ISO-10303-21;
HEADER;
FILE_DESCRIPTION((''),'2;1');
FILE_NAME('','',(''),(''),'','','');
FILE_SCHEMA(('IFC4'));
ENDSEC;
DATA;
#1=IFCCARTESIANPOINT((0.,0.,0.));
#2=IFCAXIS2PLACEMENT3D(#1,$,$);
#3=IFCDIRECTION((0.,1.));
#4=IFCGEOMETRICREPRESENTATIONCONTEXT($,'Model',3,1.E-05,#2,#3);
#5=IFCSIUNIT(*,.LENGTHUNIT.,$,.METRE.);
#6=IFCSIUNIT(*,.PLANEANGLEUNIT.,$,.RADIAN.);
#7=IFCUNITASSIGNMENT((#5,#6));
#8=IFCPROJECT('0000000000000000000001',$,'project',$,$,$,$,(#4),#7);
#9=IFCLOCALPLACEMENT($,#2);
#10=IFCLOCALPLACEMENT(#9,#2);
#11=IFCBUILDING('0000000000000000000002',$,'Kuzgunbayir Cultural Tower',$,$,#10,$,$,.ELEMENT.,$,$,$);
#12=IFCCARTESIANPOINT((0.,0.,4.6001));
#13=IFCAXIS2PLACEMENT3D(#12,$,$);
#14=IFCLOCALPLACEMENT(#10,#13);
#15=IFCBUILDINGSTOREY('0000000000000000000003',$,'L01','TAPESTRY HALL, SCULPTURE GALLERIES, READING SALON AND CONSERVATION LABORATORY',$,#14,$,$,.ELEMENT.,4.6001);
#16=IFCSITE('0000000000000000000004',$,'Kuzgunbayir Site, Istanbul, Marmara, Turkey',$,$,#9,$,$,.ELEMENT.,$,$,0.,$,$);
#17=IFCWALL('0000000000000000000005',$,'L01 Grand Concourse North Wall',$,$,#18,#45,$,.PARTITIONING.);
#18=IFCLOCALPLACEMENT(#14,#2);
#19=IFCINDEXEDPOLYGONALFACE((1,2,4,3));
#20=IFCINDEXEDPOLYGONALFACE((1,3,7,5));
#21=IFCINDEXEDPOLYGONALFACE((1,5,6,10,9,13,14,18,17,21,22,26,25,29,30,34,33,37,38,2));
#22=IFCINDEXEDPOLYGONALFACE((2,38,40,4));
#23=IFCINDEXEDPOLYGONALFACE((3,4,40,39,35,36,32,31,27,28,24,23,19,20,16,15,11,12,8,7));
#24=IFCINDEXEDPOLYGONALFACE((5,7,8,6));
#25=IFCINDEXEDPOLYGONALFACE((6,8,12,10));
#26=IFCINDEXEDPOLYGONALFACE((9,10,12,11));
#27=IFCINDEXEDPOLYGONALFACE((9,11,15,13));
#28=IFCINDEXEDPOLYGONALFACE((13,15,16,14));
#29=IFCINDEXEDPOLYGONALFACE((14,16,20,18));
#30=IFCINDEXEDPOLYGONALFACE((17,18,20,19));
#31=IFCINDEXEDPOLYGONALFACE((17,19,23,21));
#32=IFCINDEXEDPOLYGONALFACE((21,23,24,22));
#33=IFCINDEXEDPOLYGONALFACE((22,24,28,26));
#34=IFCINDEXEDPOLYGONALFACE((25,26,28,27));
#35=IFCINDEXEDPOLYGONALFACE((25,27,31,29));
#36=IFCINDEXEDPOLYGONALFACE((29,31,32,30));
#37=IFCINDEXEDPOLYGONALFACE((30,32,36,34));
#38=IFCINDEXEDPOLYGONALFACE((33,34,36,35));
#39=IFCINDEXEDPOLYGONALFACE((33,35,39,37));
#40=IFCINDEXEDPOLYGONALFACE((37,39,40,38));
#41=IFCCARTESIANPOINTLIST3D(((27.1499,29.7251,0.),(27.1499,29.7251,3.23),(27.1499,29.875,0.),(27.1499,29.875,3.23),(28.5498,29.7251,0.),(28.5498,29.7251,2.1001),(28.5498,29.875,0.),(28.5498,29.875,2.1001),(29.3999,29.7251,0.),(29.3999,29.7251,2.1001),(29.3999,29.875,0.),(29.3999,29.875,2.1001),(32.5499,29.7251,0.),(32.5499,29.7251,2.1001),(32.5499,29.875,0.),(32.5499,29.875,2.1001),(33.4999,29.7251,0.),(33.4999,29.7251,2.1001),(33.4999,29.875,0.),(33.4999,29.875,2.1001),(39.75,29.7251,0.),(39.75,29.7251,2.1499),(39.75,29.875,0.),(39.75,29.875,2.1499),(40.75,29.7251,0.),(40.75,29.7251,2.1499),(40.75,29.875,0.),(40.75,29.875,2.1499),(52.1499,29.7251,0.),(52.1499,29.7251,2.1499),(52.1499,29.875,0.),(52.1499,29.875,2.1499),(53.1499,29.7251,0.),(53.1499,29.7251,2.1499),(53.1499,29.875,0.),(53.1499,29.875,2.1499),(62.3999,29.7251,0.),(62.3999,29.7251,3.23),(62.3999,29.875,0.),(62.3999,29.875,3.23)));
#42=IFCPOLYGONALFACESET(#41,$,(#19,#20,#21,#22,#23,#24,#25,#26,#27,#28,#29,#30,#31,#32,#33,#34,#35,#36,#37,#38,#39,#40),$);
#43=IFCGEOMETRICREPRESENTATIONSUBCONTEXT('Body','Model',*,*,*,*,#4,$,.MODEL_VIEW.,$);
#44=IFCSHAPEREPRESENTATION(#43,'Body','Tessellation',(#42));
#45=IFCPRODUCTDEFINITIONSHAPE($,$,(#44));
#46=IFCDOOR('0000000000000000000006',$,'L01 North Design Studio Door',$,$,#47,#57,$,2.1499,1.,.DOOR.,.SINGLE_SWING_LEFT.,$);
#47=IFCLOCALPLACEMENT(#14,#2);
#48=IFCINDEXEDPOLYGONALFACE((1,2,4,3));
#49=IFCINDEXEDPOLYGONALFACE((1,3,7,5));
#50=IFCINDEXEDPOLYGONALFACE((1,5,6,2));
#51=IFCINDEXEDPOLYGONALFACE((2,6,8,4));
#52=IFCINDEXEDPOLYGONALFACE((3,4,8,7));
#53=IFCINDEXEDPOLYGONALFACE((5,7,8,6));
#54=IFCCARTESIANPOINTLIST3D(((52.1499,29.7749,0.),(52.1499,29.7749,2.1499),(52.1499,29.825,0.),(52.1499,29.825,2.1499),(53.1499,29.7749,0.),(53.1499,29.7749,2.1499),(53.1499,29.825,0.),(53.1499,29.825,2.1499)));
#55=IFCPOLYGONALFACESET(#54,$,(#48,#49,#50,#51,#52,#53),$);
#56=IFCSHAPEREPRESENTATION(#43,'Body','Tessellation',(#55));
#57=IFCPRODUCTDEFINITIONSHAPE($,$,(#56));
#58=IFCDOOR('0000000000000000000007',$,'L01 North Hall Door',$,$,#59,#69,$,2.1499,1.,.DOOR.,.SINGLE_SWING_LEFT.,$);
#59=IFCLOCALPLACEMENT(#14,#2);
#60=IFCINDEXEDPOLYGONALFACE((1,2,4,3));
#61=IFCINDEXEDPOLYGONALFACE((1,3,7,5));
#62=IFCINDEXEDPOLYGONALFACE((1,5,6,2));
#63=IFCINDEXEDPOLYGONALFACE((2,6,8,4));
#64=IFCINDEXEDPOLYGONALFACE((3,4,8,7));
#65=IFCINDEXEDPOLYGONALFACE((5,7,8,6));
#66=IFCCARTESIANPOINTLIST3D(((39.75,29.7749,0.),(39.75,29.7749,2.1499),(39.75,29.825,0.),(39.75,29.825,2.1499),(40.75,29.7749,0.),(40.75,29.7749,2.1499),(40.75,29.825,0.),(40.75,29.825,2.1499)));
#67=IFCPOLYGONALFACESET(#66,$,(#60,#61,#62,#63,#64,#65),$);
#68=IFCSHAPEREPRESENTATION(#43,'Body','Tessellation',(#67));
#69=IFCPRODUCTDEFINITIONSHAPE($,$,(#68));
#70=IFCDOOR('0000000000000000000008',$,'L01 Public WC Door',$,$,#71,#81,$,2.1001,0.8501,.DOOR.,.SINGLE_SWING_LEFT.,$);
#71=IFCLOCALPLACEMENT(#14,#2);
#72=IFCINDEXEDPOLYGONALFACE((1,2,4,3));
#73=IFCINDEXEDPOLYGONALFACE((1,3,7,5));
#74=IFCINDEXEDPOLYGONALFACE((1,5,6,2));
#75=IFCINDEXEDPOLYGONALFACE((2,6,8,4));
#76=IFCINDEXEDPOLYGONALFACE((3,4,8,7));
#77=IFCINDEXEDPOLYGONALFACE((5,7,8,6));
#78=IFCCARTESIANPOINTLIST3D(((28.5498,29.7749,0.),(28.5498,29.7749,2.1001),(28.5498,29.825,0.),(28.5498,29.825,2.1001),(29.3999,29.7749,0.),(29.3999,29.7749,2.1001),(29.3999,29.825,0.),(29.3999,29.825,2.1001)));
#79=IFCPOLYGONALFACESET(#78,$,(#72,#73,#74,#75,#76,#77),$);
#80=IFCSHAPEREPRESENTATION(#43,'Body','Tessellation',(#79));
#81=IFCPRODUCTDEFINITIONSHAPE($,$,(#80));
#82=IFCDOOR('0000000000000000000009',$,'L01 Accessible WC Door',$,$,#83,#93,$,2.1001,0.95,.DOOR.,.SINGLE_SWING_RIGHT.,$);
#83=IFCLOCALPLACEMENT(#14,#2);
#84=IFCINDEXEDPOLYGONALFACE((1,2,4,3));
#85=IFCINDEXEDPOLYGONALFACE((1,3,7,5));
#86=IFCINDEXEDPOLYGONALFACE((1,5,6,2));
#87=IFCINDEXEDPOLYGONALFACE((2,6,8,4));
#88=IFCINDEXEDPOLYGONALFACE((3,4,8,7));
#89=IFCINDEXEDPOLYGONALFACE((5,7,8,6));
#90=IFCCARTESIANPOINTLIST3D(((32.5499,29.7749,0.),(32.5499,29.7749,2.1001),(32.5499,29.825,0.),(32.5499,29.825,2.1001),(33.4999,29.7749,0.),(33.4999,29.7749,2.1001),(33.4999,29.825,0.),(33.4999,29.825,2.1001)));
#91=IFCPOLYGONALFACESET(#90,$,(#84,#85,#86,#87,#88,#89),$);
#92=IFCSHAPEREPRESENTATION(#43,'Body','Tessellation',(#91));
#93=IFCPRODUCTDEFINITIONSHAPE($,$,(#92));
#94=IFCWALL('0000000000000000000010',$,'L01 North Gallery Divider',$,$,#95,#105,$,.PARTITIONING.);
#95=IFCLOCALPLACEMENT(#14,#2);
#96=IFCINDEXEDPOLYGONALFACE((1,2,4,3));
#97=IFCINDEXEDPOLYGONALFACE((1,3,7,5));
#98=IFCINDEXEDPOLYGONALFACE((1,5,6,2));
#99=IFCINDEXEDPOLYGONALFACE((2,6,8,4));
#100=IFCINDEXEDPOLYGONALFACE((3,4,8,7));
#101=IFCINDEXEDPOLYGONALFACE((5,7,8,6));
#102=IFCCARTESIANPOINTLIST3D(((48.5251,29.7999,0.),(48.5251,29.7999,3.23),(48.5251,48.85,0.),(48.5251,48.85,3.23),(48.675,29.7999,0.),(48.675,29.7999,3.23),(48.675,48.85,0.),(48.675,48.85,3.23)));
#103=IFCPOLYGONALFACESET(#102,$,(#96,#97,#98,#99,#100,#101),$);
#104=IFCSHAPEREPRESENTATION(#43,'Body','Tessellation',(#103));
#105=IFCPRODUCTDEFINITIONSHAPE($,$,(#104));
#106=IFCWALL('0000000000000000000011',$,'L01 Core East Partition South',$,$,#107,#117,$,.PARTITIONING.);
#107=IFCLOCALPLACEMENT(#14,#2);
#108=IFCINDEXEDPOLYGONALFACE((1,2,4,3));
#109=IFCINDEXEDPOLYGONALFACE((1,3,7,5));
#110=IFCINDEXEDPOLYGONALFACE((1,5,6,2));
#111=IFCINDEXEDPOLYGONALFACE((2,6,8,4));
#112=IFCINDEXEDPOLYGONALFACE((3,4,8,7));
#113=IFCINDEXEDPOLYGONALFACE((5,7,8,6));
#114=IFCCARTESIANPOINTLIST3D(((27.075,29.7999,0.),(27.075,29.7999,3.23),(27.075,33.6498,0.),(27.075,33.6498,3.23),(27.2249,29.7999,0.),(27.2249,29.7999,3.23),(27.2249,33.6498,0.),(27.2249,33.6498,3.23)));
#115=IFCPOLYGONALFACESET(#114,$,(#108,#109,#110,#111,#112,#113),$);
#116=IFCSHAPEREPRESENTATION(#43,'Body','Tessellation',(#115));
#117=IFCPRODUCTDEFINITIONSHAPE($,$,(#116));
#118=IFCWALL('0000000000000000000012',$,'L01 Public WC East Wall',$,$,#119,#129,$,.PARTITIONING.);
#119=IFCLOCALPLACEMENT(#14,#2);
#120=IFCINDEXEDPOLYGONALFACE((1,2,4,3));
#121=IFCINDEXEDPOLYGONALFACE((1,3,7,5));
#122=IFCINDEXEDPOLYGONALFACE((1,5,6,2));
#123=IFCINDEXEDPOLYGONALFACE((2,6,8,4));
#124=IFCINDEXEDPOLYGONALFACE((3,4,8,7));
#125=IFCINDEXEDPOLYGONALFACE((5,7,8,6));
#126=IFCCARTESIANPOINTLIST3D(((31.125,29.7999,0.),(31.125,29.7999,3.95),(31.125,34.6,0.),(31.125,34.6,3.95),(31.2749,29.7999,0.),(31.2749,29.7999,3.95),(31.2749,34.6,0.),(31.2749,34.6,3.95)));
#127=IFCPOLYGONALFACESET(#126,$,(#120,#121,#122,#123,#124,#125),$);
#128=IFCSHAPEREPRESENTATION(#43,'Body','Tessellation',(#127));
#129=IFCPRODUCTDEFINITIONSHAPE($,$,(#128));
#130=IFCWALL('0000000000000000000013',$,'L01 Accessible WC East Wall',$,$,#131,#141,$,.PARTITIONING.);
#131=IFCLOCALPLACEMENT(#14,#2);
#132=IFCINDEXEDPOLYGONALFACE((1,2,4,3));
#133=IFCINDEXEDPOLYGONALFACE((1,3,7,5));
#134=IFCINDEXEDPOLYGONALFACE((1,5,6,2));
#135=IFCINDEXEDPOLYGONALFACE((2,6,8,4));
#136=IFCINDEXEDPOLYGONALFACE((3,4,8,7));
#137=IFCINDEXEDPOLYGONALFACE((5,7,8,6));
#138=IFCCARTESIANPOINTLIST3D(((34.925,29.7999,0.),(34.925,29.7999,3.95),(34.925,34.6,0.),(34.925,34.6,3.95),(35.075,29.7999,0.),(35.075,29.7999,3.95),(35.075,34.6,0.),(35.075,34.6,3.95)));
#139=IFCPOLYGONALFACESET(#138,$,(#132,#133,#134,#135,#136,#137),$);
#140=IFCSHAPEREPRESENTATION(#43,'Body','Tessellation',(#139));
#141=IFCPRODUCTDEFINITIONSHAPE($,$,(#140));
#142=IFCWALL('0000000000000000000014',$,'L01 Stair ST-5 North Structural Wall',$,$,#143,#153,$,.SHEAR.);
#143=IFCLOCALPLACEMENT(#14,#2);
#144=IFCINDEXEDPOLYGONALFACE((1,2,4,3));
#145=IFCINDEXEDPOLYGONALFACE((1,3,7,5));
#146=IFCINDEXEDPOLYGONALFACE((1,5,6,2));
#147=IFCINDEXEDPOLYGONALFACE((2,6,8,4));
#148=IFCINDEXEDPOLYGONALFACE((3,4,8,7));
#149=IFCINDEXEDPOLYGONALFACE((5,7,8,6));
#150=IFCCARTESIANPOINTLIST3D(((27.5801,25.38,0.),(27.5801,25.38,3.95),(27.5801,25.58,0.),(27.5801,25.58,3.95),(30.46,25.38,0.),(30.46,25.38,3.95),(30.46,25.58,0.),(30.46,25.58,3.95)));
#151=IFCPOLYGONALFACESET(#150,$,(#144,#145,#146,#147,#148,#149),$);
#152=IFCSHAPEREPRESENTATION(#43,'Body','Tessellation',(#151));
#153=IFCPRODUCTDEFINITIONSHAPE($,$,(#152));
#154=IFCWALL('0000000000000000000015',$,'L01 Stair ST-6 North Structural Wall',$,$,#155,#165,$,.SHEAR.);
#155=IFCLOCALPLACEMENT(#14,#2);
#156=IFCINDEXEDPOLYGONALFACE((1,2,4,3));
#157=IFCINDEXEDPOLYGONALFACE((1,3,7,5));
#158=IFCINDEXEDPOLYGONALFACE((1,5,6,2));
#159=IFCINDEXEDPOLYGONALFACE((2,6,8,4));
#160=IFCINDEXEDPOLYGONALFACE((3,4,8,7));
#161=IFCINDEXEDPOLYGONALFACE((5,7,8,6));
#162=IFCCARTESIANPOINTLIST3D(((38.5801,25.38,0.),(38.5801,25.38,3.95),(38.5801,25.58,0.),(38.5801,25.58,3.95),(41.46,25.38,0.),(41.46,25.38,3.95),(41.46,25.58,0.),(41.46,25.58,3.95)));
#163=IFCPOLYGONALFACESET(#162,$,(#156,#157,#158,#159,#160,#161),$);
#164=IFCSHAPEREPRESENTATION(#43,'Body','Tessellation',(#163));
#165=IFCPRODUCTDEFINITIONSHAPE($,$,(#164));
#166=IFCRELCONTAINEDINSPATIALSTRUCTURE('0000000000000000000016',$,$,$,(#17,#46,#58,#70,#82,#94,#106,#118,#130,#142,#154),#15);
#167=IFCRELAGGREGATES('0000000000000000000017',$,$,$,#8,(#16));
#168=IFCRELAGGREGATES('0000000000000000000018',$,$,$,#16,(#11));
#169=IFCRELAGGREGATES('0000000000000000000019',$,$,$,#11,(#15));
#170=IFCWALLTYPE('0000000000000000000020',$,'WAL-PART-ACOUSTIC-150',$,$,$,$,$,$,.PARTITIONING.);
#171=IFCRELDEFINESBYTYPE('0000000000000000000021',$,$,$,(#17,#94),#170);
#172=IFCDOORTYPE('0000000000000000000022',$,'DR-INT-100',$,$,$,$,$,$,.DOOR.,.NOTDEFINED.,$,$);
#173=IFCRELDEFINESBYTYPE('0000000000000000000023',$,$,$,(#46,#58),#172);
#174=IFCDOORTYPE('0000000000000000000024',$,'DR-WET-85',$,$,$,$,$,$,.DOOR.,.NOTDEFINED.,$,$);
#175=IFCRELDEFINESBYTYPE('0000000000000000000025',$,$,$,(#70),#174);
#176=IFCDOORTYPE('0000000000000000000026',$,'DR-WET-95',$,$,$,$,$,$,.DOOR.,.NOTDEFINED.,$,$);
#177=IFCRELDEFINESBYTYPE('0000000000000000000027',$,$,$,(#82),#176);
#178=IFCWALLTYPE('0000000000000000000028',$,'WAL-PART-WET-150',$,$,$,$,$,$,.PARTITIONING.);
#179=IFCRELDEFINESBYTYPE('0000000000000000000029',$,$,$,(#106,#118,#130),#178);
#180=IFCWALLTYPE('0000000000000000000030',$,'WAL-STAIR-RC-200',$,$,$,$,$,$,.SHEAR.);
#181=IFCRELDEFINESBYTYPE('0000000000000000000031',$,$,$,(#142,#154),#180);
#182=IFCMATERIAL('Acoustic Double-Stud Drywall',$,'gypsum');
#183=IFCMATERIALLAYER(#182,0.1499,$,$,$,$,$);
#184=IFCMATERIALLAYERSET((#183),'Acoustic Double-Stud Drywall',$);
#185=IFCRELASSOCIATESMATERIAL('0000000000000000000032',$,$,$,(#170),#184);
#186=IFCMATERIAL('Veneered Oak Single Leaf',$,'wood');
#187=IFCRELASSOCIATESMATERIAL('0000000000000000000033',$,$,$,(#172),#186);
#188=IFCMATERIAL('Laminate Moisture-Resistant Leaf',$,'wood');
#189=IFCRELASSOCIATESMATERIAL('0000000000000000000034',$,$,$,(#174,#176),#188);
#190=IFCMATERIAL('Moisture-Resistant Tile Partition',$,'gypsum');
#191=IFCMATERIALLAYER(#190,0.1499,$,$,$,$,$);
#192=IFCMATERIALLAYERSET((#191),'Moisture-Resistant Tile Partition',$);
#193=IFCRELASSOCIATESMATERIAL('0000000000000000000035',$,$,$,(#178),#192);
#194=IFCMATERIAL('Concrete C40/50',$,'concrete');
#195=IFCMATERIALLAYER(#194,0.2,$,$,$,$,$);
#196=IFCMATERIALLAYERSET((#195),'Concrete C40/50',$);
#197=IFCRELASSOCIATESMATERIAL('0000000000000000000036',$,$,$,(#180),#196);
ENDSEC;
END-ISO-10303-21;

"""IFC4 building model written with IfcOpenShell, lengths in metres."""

from ifc_helpers import new_model, si_unit, direction, frame, frame_2d, origin, place, context, subcontext, project, spatial, rectangle, extrude, material, layer, layer_set, type_object, element, fill, save


model = new_model("IFC4")

# Units and contexts
model_context = context("Model", 3, precision=1e-05, world=origin(), true_north=direction((0.0, 1.0)))
body_context = subcontext(model_context, "Body", "Model", "MODEL_VIEW")
ifc_project = project(units=[si_unit("LENGTHUNIT", "METRE"), si_unit("PLANEANGLEUNIT", "RADIAN")], contexts=[model_context])

# Site, building, storey
site_placement = place(None, origin())
site = spatial("IfcSite", under=ifc_project, at=site_placement, Name="Kuzgunbayir Site, Istanbul, Marmara, Turkey", CompositionType="ELEMENT", RefElevation=0.0)
building_placement = place(site_placement, origin())
building = spatial("IfcBuilding", under=site, at=building_placement, Name="Kuzgunbayir Cultural Tower", CompositionType="ELEMENT")
storey_placement = place(building_placement, frame((0.0, 0.0, 4.6001)))
storey = spatial("IfcBuildingStorey", under=building, at=storey_placement, Name="L01", Description="TAPESTRY HALL, SCULPTURE GALLERIES, READING SALON AND CONSERVATION LABORATORY", CompositionType="ELEMENT", Elevation=4.6001)

# Shared definitions
ifc_material_1 = material(Name="Acoustic Double-Stud Drywall", Category="gypsum")
ifc_layer_1 = layer(ifc_material_1, 0.1499)
ifc_layer_set_1 = layer_set([ifc_layer_1], Name="Acoustic Double-Stud Drywall")
wall_type_1 = type_object("IfcWallType", Name="WAL-PART-ACOUSTIC-150", PredefinedType="PARTITIONING", material=ifc_layer_set_1)

# Wall, openings, doors
wall_1_placement = place(storey_placement, frame((27.1499, 29.8, 0.0), z_axis=(0.0, 0.0, 1.0), x_axis=(1.0, 0.0, 0.0)))
wall_1 = element("IfcWall", 1, at=wall_1_placement, inside=storey, type_object=wall_type_1, Name="L01 Grand Concourse North Wall", PredefinedType="PARTITIONING", context=body_context, shape_type="SweptSolid", body=[
    extrude(rectangle(XDim=35.25, YDim=0.1499, at=frame_2d((17.625, 0.0))), origin(), (0.0, 0.0, 1.0), 3.23),
])
opening_1_placement = place(wall_1_placement, frame((25.0, 0.0, 0.0)))
opening_1 = element("IfcOpeningElement", 2, at=opening_1_placement, cuts=wall_1, PredefinedType="OPENING", context=body_context, shape_type="SweptSolid", body=[
    extrude(rectangle(XDim=1.0, YDim=2.1499, at=frame_2d((0.5, 1.075))), frame((0.0, 0.085, 0.0), z_axis=(0.0, -1.0, 0.0), x_axis=(1.0, 0.0, 0.0)), (0.0, 0.0, 1.0), 0.1699),
])
opening_2_placement = place(wall_1_placement, frame((1.3999, 0.0, 0.0)))
opening_2 = element("IfcOpeningElement", 3, at=opening_2_placement, cuts=wall_1, PredefinedType="OPENING", context=body_context, shape_type="SweptSolid", body=[
    extrude(rectangle(XDim=0.8501, YDim=2.1001, at=frame_2d((0.425, 1.05))), frame((0.0, 0.085, 0.0), z_axis=(0.0, -1.0, 0.0), x_axis=(1.0, 0.0, 0.0)), (0.0, 0.0, 1.0), 0.1699),
])
opening_3_placement = place(wall_1_placement, frame((5.3999, 0.0, 0.0)))
opening_3 = element("IfcOpeningElement", 4, at=opening_3_placement, cuts=wall_1, PredefinedType="OPENING", context=body_context, shape_type="SweptSolid", body=[
    extrude(rectangle(XDim=0.95, YDim=2.1001, at=frame_2d((0.4751, 1.05))), frame((0.0, 0.085, 0.0), z_axis=(0.0, -1.0, 0.0), x_axis=(1.0, 0.0, 0.0)), (0.0, 0.0, 1.0), 0.1699),
])
opening_4_placement = place(wall_1_placement, frame((12.6001, 0.0, 0.0)))
opening_4 = element("IfcOpeningElement", 5, at=opening_4_placement, cuts=wall_1, PredefinedType="OPENING", context=body_context, shape_type="SweptSolid", body=[
    extrude(rectangle(XDim=1.0, YDim=2.1499, at=frame_2d((0.5, 1.075))), frame((0.0, 0.085, 0.0), z_axis=(0.0, -1.0, 0.0), x_axis=(1.0, 0.0, 0.0)), (0.0, 0.0, 1.0), 0.1699),
])
ifc_material_2 = material(Name="Veneered Oak Single Leaf", Category="wood")
door_type_1 = type_object("IfcDoorType", Name="DR-INT-100", OperationType="NOTDEFINED", PredefinedType="DOOR", material=ifc_material_2)
door_1_placement = place(opening_1_placement, origin())
door_1 = element("IfcDoor", 6, at=door_1_placement, inside=storey, type_object=door_type_1, Name="L01 North Design Studio Door", OperationType="SINGLE_SWING_LEFT", OverallHeight=2.1499, OverallWidth=1.0, PredefinedType="DOOR", context=body_context, shape_type="SweptSolid", body=[
    extrude(rectangle(XDim=1.0, YDim=2.1499, at=frame_2d((0.5, 1.075))), frame((0.0, 0.0249, 0.0), z_axis=(0.0, -1.0, 0.0), x_axis=(1.0, 0.0, 0.0)), (0.0, 0.0, 1.0), 0.05),
])
fill(opening_1, door_1)
door_2_placement = place(opening_4_placement, origin())
door_2 = element("IfcDoor", 7, at=door_2_placement, inside=storey, type_object=door_type_1, Name="L01 North Hall Door", OperationType="SINGLE_SWING_LEFT", OverallHeight=2.1499, OverallWidth=1.0, PredefinedType="DOOR", context=body_context, shape_type="SweptSolid", body=[
    extrude(rectangle(XDim=1.0, YDim=2.1499, at=frame_2d((0.5, 1.075))), frame((0.0, 0.0249, 0.0), z_axis=(0.0, -1.0, 0.0), x_axis=(1.0, 0.0, 0.0)), (0.0, 0.0, 1.0), 0.05),
])
fill(opening_4, door_2)
ifc_material_3 = material(Name="Laminate Moisture-Resistant Leaf", Category="wood")
door_type_2 = type_object("IfcDoorType", Name="DR-WET-85", OperationType="NOTDEFINED", PredefinedType="DOOR", material=ifc_material_3)
door_3_placement = place(opening_2_placement, origin())
door_3 = element("IfcDoor", 8, at=door_3_placement, inside=storey, type_object=door_type_2, Name="L01 Public WC Door", OperationType="SINGLE_SWING_LEFT", OverallHeight=2.1001, OverallWidth=0.8501, PredefinedType="DOOR", context=body_context, shape_type="SweptSolid", body=[
    extrude(rectangle(XDim=0.8501, YDim=2.1001, at=frame_2d((0.425, 1.05))), frame((0.0, 0.0249, 0.0), z_axis=(0.0, -1.0, 0.0), x_axis=(1.0, 0.0, 0.0)), (0.0, 0.0, 1.0), 0.05),
])
fill(opening_2, door_3)
door_type_3 = type_object("IfcDoorType", Name="DR-WET-95", OperationType="NOTDEFINED", PredefinedType="DOOR", material=ifc_material_3)
door_4_placement = place(opening_3_placement, origin())
door_4 = element("IfcDoor", 9, at=door_4_placement, inside=storey, type_object=door_type_3, Name="L01 Accessible WC Door", OperationType="SINGLE_SWING_RIGHT", OverallHeight=2.1001, OverallWidth=0.95, PredefinedType="DOOR", context=body_context, shape_type="SweptSolid", body=[
    extrude(rectangle(XDim=0.95, YDim=2.1001, at=frame_2d((0.4751, 1.05))), frame((0.0, 0.0249, 0.0), z_axis=(0.0, -1.0, 0.0), x_axis=(1.0, 0.0, 0.0)), (0.0, 0.0, 1.0), 0.05),
])
fill(opening_3, door_4)

# Walls
wall_2_placement = place(storey_placement, frame((48.6001, 29.8, 0.0), z_axis=(0.0, 0.0, 1.0), x_axis=(0.0, 1.0, 0.0)))
element("IfcWall", 10, at=wall_2_placement, inside=storey, type_object=wall_type_1, Name="L01 North Gallery Divider", PredefinedType="PARTITIONING", context=body_context, shape_type="SweptSolid", body=[
    extrude(rectangle(XDim=19.05, YDim=0.1499, at=frame_2d((9.5249, 0.0))), origin(), (0.0, 0.0, 1.0), 3.23),
])
ifc_material_4 = material(Name="Moisture-Resistant Tile Partition", Category="gypsum")
ifc_layer_2 = layer(ifc_material_4, 0.1499)
ifc_layer_set_2 = layer_set([ifc_layer_2], Name="Moisture-Resistant Tile Partition")
wall_type_2 = type_object("IfcWallType", Name="WAL-PART-WET-150", PredefinedType="PARTITIONING", material=ifc_layer_set_2)
wall_3_placement = place(storey_placement, frame((27.1499, 29.8, 0.0), z_axis=(0.0, 0.0, 1.0), x_axis=(0.0, 1.0, 0.0)))
element("IfcWall", 11, at=wall_3_placement, inside=storey, type_object=wall_type_2, Name="L01 Core East Partition South", PredefinedType="PARTITIONING", context=body_context, shape_type="SweptSolid", body=[
    extrude(rectangle(XDim=3.8499, YDim=0.1499, at=frame_2d((1.9248, 0.0))), origin(), (0.0, 0.0, 1.0), 3.23),
])
for number, where, z_axis, x_axis, name in (
    (12, (31.2, 29.8, 0.0), (0.0, 0.0, 1.0), (0.0, 1.0, 0.0), "L01 Public WC East Wall"),
    (13, (35.0, 29.8, 0.0), (0.0, 0.0, 1.0), (0.0, 1.0, 0.0), "L01 Accessible WC East Wall"),
):
    element("IfcWall", number, at=place(storey_placement, frame(where, z_axis=z_axis, x_axis=x_axis)), inside=storey, type_object=wall_type_2, Name=name, PredefinedType="PARTITIONING", context=body_context, shape_type="SweptSolid", body=[
        extrude(rectangle(XDim=4.8, YDim=0.1499, at=frame_2d((2.3999, 0.0))), origin(), (0.0, 0.0, 1.0), 3.95),
    ])
ifc_material_5 = material(Name="Concrete C40/50", Category="concrete")
ifc_layer_3 = layer(ifc_material_5, 0.2)
ifc_layer_set_3 = layer_set([ifc_layer_3], Name="Concrete C40/50")
wall_type_3 = type_object("IfcWallType", Name="WAL-STAIR-RC-200", PredefinedType="SHEAR", material=ifc_layer_set_3)
for number, where, z_axis, x_axis, name in (
    (14, (27.5801, 25.48, 0.0), (0.0, 0.0, 1.0), (1.0, 0.0, 0.0), "L01 Stair ST-5 North Structural Wall"),
    (15, (38.5801, 25.48, 0.0), (0.0, 0.0, 1.0), (1.0, 0.0, 0.0), "L01 Stair ST-6 North Structural Wall"),
):
    element("IfcWall", number, at=place(storey_placement, frame(where, z_axis=z_axis, x_axis=x_axis)), inside=storey, type_object=wall_type_3, Name=name, PredefinedType="SHEAR", context=body_context, shape_type="SweptSolid", body=[
        extrude(rectangle(XDim=2.8799, YDim=0.2, at=frame_2d((1.4399, 0.0))), origin(), (0.0, 0.0, 1.0), 3.95),
    ])

save(model, "model.ifc")
